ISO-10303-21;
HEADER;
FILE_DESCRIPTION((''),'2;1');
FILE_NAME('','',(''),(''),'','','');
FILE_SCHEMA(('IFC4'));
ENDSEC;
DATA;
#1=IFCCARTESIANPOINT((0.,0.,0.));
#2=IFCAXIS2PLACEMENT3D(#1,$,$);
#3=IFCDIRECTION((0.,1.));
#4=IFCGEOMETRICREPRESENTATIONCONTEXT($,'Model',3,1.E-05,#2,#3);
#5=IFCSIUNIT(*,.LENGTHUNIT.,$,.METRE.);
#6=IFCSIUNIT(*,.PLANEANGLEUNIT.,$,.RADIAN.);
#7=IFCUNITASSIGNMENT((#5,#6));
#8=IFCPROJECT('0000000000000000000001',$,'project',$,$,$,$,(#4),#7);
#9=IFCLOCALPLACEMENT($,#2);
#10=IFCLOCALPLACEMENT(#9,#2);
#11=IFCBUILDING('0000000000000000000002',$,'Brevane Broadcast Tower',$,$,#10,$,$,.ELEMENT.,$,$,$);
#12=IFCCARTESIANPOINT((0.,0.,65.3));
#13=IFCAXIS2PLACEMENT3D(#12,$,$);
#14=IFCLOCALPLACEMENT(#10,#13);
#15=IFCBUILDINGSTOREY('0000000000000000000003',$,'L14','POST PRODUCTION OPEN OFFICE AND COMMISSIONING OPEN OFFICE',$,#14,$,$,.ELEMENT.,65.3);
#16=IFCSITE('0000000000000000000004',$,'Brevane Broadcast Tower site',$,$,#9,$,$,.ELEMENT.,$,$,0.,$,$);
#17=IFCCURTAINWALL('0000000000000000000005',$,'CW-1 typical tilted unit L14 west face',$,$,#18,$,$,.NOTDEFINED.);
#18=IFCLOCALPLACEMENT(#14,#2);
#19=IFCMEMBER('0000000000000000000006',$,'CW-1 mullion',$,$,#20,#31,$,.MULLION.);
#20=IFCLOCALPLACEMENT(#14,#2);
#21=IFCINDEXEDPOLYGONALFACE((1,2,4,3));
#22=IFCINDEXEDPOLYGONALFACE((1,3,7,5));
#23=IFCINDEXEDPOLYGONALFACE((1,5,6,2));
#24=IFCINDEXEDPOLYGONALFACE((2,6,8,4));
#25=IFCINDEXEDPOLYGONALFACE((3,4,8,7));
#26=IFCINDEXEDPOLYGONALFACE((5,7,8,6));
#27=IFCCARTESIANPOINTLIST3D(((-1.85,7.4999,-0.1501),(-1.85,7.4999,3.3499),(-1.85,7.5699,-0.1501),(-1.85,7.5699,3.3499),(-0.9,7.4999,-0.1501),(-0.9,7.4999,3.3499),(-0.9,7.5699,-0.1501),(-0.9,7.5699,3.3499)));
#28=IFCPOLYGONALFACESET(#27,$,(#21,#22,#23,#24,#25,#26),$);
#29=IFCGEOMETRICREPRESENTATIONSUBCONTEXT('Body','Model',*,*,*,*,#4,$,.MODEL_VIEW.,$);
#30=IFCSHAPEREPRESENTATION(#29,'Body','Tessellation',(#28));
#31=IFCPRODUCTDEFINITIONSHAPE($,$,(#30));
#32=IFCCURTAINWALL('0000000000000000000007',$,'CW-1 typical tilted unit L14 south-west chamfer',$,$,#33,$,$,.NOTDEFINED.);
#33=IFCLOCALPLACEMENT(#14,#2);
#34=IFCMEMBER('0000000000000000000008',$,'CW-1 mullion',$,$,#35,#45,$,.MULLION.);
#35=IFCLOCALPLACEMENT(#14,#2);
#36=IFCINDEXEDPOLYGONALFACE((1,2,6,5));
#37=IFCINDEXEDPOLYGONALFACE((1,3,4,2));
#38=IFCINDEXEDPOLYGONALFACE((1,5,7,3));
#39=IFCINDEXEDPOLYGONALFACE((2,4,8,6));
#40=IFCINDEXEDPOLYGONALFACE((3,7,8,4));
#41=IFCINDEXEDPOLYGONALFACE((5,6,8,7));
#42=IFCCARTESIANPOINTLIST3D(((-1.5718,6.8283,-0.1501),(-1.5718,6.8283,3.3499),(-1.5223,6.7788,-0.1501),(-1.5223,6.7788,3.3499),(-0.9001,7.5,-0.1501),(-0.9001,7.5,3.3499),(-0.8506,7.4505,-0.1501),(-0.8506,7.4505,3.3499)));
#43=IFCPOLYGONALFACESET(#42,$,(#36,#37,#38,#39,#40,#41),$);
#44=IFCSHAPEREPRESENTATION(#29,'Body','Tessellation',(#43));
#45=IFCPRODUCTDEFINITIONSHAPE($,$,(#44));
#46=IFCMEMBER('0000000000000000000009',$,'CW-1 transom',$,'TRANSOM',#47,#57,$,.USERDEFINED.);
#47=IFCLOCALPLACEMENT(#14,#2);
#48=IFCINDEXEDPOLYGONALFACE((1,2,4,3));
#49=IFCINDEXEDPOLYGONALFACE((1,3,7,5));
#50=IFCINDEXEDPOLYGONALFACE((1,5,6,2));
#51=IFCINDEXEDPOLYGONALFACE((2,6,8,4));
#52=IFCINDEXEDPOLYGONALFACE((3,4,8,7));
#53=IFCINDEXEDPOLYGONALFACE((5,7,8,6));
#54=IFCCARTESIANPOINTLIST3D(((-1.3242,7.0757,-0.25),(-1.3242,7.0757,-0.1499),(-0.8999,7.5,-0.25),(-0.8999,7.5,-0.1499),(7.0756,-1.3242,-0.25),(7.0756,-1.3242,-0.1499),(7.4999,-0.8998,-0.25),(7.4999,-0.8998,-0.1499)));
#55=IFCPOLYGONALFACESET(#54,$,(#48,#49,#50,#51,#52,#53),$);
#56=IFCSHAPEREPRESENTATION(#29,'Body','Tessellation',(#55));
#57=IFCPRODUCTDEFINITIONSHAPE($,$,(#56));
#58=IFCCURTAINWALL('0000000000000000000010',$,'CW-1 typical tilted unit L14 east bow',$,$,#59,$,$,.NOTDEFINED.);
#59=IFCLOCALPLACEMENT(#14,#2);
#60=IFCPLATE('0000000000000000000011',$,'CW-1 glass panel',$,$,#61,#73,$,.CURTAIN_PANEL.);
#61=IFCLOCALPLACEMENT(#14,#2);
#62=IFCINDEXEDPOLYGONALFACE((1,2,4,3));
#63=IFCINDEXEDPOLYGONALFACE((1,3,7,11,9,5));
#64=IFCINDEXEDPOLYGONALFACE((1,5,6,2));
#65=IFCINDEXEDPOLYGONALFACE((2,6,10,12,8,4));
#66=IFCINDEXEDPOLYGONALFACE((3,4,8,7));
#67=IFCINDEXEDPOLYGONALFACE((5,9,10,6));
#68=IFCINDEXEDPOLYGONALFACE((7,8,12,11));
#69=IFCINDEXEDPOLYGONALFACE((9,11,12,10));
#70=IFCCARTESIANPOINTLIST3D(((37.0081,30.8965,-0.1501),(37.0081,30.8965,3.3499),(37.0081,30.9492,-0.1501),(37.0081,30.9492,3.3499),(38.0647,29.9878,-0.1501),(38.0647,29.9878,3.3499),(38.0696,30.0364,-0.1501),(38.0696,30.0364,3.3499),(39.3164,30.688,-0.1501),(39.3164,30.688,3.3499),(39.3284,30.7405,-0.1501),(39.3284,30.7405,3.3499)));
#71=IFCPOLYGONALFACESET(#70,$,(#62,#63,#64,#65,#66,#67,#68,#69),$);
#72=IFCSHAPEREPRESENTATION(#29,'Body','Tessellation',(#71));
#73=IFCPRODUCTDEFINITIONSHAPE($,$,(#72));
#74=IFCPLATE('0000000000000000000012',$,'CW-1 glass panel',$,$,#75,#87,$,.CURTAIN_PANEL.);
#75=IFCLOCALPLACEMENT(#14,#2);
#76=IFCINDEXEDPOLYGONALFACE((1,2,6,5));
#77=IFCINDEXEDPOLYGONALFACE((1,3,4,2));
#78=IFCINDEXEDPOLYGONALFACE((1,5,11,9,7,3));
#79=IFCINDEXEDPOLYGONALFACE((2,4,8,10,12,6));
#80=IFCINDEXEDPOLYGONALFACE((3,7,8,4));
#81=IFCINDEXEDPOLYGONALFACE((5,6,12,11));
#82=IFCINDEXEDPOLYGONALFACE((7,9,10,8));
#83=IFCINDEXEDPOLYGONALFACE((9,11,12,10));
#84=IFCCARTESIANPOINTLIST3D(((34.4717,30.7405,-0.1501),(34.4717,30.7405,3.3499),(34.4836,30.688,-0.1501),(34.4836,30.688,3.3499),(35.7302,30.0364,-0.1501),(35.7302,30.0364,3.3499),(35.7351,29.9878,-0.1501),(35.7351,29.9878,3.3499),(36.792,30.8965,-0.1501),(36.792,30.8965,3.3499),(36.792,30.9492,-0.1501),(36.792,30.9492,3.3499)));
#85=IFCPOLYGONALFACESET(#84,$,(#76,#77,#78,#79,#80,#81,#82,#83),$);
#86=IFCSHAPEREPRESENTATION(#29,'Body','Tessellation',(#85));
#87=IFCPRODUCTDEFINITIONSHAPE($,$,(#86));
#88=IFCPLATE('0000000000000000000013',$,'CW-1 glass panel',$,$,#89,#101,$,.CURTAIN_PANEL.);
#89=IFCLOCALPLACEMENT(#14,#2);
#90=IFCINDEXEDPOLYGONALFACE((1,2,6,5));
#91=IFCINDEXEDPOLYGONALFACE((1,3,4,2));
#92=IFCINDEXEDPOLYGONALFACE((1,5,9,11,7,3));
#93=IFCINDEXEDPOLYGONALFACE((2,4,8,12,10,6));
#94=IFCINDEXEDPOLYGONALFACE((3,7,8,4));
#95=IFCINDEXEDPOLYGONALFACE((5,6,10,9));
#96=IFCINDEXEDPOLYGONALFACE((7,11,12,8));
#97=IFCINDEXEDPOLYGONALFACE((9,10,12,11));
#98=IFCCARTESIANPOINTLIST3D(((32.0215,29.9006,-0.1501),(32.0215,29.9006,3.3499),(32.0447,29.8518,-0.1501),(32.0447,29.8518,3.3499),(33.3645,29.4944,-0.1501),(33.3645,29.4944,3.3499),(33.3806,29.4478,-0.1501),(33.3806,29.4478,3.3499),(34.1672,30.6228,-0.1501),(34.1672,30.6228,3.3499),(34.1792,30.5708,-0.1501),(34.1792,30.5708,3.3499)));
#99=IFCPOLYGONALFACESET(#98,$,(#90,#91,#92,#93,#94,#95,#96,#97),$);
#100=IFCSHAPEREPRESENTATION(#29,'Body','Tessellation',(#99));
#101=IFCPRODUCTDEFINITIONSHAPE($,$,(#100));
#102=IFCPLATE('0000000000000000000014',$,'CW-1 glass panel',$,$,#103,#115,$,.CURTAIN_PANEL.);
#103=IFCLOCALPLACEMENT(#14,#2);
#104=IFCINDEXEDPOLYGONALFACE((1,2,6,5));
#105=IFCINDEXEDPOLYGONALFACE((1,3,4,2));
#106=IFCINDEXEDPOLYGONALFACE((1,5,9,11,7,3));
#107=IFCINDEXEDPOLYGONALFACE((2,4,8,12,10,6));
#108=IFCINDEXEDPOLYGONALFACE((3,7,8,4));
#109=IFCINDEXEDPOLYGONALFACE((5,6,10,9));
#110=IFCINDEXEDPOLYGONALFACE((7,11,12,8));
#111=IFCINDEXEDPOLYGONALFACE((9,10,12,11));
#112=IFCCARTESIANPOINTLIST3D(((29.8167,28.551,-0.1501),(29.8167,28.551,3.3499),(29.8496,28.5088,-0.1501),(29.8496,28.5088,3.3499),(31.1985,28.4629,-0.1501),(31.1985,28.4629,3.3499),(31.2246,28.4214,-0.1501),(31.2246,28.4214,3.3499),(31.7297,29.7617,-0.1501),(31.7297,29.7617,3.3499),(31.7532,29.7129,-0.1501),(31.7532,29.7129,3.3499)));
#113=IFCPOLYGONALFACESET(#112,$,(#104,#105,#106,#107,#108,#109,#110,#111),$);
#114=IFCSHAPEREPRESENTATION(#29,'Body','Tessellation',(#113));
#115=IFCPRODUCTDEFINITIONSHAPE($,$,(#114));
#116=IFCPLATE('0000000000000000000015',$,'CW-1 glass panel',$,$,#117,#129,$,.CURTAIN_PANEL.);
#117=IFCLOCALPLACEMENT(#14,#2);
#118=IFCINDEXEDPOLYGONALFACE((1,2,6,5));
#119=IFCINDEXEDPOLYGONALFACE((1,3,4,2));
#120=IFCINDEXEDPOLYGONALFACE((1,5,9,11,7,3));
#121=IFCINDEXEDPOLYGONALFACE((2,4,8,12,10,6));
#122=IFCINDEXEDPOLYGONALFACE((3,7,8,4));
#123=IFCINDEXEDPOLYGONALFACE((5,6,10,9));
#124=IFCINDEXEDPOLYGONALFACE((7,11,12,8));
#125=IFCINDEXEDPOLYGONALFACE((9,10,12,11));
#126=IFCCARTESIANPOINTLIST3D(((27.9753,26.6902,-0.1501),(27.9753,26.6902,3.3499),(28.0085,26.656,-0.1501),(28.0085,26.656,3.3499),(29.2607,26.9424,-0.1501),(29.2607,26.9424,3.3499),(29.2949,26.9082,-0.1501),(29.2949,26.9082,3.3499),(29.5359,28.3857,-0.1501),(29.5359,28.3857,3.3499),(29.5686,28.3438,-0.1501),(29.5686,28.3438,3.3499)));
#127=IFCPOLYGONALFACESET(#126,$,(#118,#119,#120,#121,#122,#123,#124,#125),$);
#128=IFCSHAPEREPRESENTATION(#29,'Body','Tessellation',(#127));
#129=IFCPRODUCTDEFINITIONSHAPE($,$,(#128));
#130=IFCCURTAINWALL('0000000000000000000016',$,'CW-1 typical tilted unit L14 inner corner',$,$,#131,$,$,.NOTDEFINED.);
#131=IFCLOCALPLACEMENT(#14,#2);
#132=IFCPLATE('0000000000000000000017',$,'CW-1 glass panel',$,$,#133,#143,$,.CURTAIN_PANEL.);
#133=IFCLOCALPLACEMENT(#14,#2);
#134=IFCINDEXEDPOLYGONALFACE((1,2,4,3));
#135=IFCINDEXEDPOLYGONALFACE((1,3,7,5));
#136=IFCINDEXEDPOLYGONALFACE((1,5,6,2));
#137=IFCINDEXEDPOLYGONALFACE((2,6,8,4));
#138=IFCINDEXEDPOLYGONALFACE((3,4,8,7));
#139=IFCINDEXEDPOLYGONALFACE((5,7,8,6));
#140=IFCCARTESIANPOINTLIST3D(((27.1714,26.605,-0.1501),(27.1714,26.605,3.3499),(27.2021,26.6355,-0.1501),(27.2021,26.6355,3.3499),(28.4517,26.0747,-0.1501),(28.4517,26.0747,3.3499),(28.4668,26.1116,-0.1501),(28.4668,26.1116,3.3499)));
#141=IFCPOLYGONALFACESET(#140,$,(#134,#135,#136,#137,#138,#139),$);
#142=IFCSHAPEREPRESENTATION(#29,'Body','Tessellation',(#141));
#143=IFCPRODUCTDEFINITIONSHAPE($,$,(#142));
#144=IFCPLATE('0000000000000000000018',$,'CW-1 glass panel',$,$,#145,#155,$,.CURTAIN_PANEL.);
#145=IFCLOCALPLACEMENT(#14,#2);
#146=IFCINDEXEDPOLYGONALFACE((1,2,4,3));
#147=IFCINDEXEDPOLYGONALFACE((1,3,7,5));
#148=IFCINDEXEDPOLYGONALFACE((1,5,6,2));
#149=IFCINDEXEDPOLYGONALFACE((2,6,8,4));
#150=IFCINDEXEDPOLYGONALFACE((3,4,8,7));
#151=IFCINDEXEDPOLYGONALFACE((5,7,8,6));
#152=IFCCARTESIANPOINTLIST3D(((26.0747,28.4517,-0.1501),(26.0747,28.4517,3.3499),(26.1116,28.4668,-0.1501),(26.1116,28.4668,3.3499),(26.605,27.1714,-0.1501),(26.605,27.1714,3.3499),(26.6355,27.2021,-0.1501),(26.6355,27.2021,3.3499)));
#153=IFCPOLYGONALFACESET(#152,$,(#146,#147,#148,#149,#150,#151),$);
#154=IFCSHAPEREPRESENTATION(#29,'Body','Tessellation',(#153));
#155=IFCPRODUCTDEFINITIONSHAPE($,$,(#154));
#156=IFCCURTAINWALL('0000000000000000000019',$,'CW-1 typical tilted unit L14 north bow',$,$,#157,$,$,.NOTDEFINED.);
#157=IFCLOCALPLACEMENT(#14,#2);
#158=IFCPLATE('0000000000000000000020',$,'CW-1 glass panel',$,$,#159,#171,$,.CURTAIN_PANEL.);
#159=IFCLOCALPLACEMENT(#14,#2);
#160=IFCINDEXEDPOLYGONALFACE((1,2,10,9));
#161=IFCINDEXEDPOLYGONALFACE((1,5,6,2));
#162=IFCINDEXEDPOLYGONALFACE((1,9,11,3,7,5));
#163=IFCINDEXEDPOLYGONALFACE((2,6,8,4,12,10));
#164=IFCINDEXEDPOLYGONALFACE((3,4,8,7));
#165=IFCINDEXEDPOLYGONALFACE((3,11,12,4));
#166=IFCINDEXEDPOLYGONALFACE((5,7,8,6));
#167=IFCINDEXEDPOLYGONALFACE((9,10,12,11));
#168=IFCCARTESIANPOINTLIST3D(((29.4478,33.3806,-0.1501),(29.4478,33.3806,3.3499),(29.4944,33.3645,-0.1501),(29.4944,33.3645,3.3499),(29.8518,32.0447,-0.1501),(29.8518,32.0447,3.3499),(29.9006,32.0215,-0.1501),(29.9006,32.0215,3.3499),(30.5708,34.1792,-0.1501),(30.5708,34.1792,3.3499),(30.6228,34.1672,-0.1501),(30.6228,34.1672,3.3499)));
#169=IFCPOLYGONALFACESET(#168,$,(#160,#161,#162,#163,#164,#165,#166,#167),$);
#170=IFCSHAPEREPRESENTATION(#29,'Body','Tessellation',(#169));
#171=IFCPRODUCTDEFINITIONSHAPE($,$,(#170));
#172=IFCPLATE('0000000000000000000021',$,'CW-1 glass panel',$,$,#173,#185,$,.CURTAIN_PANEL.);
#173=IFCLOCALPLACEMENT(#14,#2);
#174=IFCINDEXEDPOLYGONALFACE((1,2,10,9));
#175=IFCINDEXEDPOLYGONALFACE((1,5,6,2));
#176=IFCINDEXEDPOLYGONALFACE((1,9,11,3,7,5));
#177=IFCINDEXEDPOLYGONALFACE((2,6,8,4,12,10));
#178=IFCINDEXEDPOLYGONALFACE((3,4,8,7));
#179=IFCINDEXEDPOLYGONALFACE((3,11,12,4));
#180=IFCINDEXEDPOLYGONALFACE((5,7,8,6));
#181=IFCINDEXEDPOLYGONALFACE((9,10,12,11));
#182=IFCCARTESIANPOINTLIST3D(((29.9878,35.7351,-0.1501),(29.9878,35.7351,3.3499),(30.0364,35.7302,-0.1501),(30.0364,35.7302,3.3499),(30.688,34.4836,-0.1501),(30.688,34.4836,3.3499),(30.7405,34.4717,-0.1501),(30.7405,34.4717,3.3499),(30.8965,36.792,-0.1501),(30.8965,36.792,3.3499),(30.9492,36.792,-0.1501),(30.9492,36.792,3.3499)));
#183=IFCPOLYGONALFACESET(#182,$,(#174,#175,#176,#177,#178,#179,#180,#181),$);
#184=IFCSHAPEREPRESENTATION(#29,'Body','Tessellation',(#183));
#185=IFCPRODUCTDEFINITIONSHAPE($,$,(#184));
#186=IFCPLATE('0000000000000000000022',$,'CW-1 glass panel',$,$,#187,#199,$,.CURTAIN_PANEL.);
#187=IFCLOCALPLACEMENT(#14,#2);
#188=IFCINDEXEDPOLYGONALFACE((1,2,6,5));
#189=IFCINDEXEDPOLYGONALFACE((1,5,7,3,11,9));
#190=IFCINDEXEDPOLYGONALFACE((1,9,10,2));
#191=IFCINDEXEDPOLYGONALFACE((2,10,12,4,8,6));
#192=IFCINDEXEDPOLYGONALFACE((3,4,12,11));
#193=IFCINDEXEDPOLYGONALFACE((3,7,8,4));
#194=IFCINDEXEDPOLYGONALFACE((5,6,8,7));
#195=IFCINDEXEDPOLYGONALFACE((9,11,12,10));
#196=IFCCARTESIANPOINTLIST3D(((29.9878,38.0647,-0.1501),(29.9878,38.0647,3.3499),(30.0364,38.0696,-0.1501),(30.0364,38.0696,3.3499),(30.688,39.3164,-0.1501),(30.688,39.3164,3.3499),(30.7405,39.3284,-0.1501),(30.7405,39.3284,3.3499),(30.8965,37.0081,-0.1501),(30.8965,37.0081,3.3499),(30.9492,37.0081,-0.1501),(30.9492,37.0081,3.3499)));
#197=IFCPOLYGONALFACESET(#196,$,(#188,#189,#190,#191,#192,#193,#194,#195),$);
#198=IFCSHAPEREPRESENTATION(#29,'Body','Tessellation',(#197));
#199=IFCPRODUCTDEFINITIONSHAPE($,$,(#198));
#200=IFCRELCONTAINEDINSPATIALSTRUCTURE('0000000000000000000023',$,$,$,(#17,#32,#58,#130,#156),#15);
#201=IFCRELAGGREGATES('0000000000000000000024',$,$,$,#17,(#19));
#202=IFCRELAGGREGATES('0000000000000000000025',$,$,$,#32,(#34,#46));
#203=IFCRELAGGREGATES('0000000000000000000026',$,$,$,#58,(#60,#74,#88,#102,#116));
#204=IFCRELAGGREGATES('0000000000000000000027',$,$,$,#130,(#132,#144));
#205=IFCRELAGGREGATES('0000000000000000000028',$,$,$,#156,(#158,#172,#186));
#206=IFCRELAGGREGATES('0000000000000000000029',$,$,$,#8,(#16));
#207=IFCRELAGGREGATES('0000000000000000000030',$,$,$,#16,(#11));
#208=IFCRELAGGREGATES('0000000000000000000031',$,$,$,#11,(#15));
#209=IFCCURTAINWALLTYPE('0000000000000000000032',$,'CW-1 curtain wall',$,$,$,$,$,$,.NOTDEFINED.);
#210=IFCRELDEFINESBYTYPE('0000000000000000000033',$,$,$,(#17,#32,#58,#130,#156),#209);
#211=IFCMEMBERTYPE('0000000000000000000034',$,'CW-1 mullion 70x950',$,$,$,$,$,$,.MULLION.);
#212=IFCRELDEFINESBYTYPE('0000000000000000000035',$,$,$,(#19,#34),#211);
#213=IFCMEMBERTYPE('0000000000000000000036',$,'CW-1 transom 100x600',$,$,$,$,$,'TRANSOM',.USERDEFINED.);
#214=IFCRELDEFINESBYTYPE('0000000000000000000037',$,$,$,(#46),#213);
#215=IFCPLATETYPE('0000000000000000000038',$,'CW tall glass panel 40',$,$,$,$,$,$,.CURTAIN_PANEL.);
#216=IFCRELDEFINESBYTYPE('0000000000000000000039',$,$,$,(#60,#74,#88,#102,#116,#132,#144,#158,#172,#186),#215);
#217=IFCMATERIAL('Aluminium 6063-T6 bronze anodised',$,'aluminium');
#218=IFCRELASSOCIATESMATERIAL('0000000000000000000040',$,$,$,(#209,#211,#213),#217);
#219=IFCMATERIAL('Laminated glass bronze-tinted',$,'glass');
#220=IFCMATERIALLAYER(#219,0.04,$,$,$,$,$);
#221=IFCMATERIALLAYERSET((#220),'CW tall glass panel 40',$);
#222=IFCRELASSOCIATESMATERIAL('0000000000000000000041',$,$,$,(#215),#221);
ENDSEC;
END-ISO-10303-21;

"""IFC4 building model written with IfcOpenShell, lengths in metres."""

from ifc_helpers import new_model, si_unit, direction, frame, origin, origin_2d, place, context, subcontext, project, spatial, polyline, rectangle, outline, extrude, material, layer, layer_set, material_profile, profile_set, type_object, element, aggregate, save


model = new_model("IFC4")

# Units and contexts
model_context = context("Model", 3, precision=1e-05, world=origin(), true_north=direction((0.0, 1.0)))
body_context = subcontext(model_context, "Body", "Model", "MODEL_VIEW")
ifc_project = project(units=[si_unit("LENGTHUNIT", "METRE"), si_unit("PLANEANGLEUNIT", "RADIAN")], contexts=[model_context])

# Site, building, storey
site_placement = place(None, origin())
site = spatial("IfcSite", under=ifc_project, at=site_placement, Name="Brevane Broadcast Tower site", CompositionType="ELEMENT", RefElevation=0.0)
building_placement = place(site_placement, origin())
building = spatial("IfcBuilding", under=site, at=building_placement, Name="Brevane Broadcast Tower", CompositionType="ELEMENT")
storey_placement = place(building_placement, frame((0.0, 0.0, 65.3)))
storey = spatial("IfcBuildingStorey", under=building, at=storey_placement, Name="L14", Description="POST PRODUCTION OPEN OFFICE AND COMMISSIONING OPEN OFFICE", CompositionType="ELEMENT", Elevation=65.3)

# Curtain wall, member
ifc_material_1 = material(Name="Aluminium 6063-T6 bronze anodised", Category="aluminium")
curtain_wall_type = type_object("IfcCurtainWallType", Name="CW-1 curtain wall", PredefinedType="NOTDEFINED", material=ifc_material_1)
curtain_wall_1_placement = place(storey_placement, origin())
curtain_wall_1 = element("IfcCurtainWall", 1, at=curtain_wall_1_placement, inside=storey, type_object=curtain_wall_type, Name="CW-1 typical tilted unit L14 west face", PredefinedType="NOTDEFINED")
ifc_material_profile_1 = material_profile(ifc_material_1, rectangle(XDim=0.95, YDim=0.0701, at=origin_2d()), Name="RECT 70x950")
ifc_profile_set_1 = profile_set([ifc_material_profile_1], Name="Aluminium 6063-T6 bronze anodised")
member_type_1 = type_object("IfcMemberType", Name="CW-1 mullion 70x950", PredefinedType="MULLION", material=ifc_profile_set_1)
member_1_placement = place(storey_placement, frame((-1.375, 7.5349, -0.1501), z_axis=(0.0, 0.0, 1.0), x_axis=(1.0, 0.0, 0.0)))
member_1 = element("IfcMember", 2, at=member_1_placement, type_object=member_type_1, Name="CW-1 mullion", PredefinedType="MULLION", context=body_context, shape_type="SweptSolid", body=[
    extrude(rectangle(XDim=0.95, YDim=0.0701, at=origin_2d()), origin(), (0.0, 0.0, 1.0), 3.5),
])
aggregate(curtain_wall_1, [member_1])

# Curtain wall, members
curtain_wall_2_placement = place(storey_placement, origin())
curtain_wall_2 = element("IfcCurtainWall", 3, at=curtain_wall_2_placement, inside=storey, type_object=curtain_wall_type, Name="CW-1 typical tilted unit L14 south-west chamfer", PredefinedType="NOTDEFINED")
member_2_placement = place(storey_placement, frame((-1.2112, 7.1394, -0.1501), z_axis=(0.0, 0.0, 1.0), x_axis=(0.707107, 0.707107, 0.0)))
member_2 = element("IfcMember", 4, at=member_2_placement, type_object=member_type_1, Name="CW-1 mullion", PredefinedType="MULLION", context=body_context, shape_type="SweptSolid", body=[
    extrude(rectangle(XDim=0.95, YDim=0.0701, at=origin_2d()), origin(), (0.0, 0.0, 1.0), 3.5),
])
ifc_material_profile_2 = material_profile(ifc_material_1, rectangle(XDim=0.6001, YDim=0.1001, at=origin_2d()), Name="RECT 100x600")
ifc_profile_set_2 = profile_set([ifc_material_profile_2], Name="Aluminium 6063-T6 bronze anodised")
member_type_2 = type_object("IfcMemberType", Name="CW-1 transom 100x600", ElementType="TRANSOM", PredefinedType="USERDEFINED", material=ifc_profile_set_2)
member_3_placement = place(storey_placement, frame((-1.1121, 7.2878, -0.2), z_axis=(0.707107, -0.707107, 0.0), x_axis=(0.707107, 0.707107, 0.0)))
member_3 = element("IfcMember", 5, at=member_3_placement, type_object=member_type_2, Name="CW-1 transom", ObjectType="TRANSOM", PredefinedType="USERDEFINED", context=body_context, shape_type="SweptSolid", body=[
    extrude(rectangle(XDim=0.6001, YDim=0.1001, at=origin_2d()), origin(), (0.0, 0.0, 1.0), 11.8792),
])
aggregate(curtain_wall_2, [member_2, member_3])

# Curtain walls, plates
curtain_wall_3_placement = place(storey_placement, origin())
curtain_wall_3 = element("IfcCurtainWall", 6, at=curtain_wall_3_placement, inside=storey, type_object=curtain_wall_type, Name="CW-1 typical tilted unit L14 east bow", PredefinedType="NOTDEFINED")
ifc_material_2 = material(Name="Laminated glass bronze-tinted", Category="glass")
ifc_layer_1 = layer(ifc_material_2, 0.04)
ifc_layer_set_1 = layer_set([ifc_layer_1], Name="CW tall glass panel 40")
plate_type = type_object("IfcPlateType", Name="CW tall glass panel 40", PredefinedType="CURTAIN_PANEL", material=ifc_layer_set_1)
plate_1_placement = place(storey_placement, frame((0.0, 0.0, -0.1501)))
plate_1 = element("IfcPlate", 7, at=plate_1_placement, type_object=plate_type, Name="CW-1 glass panel", PredefinedType="CURTAIN_PANEL", context=body_context, shape_type="SweptSolid", body=[
    extrude(outline(polyline([(39.3164, 30.688), (39.3284, 30.7405), (38.0696, 30.0364), (37.0081, 30.9492), (37.0081, 30.8965), (38.0647, 29.9878), (39.3164, 30.688)])), origin(), (0.0, 0.0, 1.0), 3.5),
])
plate_2_placement = place(storey_placement, frame((0.0, 0.0, -0.1501)))
plate_2 = element("IfcPlate", 8, at=plate_2_placement, type_object=plate_type, Name="CW-1 glass panel", PredefinedType="CURTAIN_PANEL", context=body_context, shape_type="SweptSolid", body=[
    extrude(outline(polyline([(36.792, 30.8965), (36.792, 30.9492), (35.7302, 30.0364), (34.4717, 30.7405), (34.4836, 30.688), (35.7351, 29.9878), (36.792, 30.8965)])), origin(), (0.0, 0.0, 1.0), 3.5),
])
plate_3_placement = place(storey_placement, frame((0.0, 0.0, -0.1501)))
plate_3 = element("IfcPlate", 9, at=plate_3_placement, type_object=plate_type, Name="CW-1 glass panel", PredefinedType="CURTAIN_PANEL", context=body_context, shape_type="SweptSolid", body=[
    extrude(outline(polyline([(34.1792, 30.5708), (34.1672, 30.6228), (33.3645, 29.4944), (32.0215, 29.9006), (32.0447, 29.8518), (33.3806, 29.4478), (34.1792, 30.5708)])), origin(), (0.0, 0.0, 1.0), 3.5),
])
plate_4_placement = place(storey_placement, frame((0.0, 0.0, -0.1501)))
plate_4 = element("IfcPlate", 10, at=plate_4_placement, type_object=plate_type, Name="CW-1 glass panel", PredefinedType="CURTAIN_PANEL", context=body_context, shape_type="SweptSolid", body=[
    extrude(outline(polyline([(31.7532, 29.7129), (31.7297, 29.7617), (31.1985, 28.4629), (29.8167, 28.551), (29.8496, 28.5088), (31.2246, 28.4214), (31.7532, 29.7129)])), origin(), (0.0, 0.0, 1.0), 3.5),
])
plate_5_placement = place(storey_placement, frame((0.0, 0.0, -0.1501)))
plate_5 = element("IfcPlate", 11, at=plate_5_placement, type_object=plate_type, Name="CW-1 glass panel", PredefinedType="CURTAIN_PANEL", context=body_context, shape_type="SweptSolid", body=[
    extrude(outline(polyline([(29.5686, 28.3438), (29.5359, 28.3857), (29.2607, 26.9424), (27.9753, 26.6902), (28.0085, 26.656), (29.2949, 26.9082), (29.5686, 28.3438)])), origin(), (0.0, 0.0, 1.0), 3.5),
])
aggregate(curtain_wall_3, [plate_1, plate_2, plate_3, plate_4, plate_5])
curtain_wall_4_placement = place(storey_placement, origin())
curtain_wall_4 = element("IfcCurtainWall", 12, at=curtain_wall_4_placement, inside=storey, type_object=curtain_wall_type, Name="CW-1 typical tilted unit L14 inner corner", PredefinedType="NOTDEFINED")
plate_6_placement = place(storey_placement, frame((0.0, 0.0, -0.1501)))
plate_6 = element("IfcPlate", 13, at=plate_6_placement, type_object=plate_type, Name="CW-1 glass panel", PredefinedType="CURTAIN_PANEL", context=body_context, shape_type="SweptSolid", body=[
    extrude(outline(polyline([(28.4517, 26.0747), (28.4668, 26.1116), (27.2021, 26.6355), (27.1714, 26.605), (28.4517, 26.0747)])), origin(), (0.0, 0.0, 1.0), 3.5),
])
plate_7_placement = place(storey_placement, frame((0.0, 0.0, -0.1501)))
plate_7 = element("IfcPlate", 14, at=plate_7_placement, type_object=plate_type, Name="CW-1 glass panel", PredefinedType="CURTAIN_PANEL", context=body_context, shape_type="SweptSolid", body=[
    extrude(outline(polyline([(26.605, 27.1714), (26.6355, 27.2021), (26.1116, 28.4668), (26.0747, 28.4517), (26.605, 27.1714)])), origin(), (0.0, 0.0, 1.0), 3.5),
])
aggregate(curtain_wall_4, [plate_6, plate_7])
curtain_wall_5_placement = place(storey_placement, origin())
curtain_wall_5 = element("IfcCurtainWall", 15, at=curtain_wall_5_placement, inside=storey, type_object=curtain_wall_type, Name="CW-1 typical tilted unit L14 north bow", PredefinedType="NOTDEFINED")
plate_8_placement = place(storey_placement, frame((0.0, 0.0, -0.1501)))
plate_8 = element("IfcPlate", 16, at=plate_8_placement, type_object=plate_type, Name="CW-1 glass panel", PredefinedType="CURTAIN_PANEL", context=body_context, shape_type="SweptSolid", body=[
    extrude(outline(polyline([(29.8518, 32.0447), (29.9006, 32.0215), (29.4944, 33.3645), (30.6228, 34.1672), (30.5708, 34.1792), (29.4478, 33.3806), (29.8518, 32.0447)])), origin(), (0.0, 0.0, 1.0), 3.5),
])
plate_9_placement = place(storey_placement, frame((0.0, 0.0, -0.1501)))
plate_9 = element("IfcPlate", 17, at=plate_9_placement, type_object=plate_type, Name="CW-1 glass panel", PredefinedType="CURTAIN_PANEL", context=body_context, shape_type="SweptSolid", body=[
    extrude(outline(polyline([(30.688, 34.4836), (30.7405, 34.4717), (30.0364, 35.7302), (30.9492, 36.792), (30.8965, 36.792), (29.9878, 35.7351), (30.688, 34.4836)])), origin(), (0.0, 0.0, 1.0), 3.5),
])
plate_10_placement = place(storey_placement, frame((0.0, 0.0, -0.1501)))
plate_10 = element("IfcPlate", 18, at=plate_10_placement, type_object=plate_type, Name="CW-1 glass panel", PredefinedType="CURTAIN_PANEL", context=body_context, shape_type="SweptSolid", body=[
    extrude(outline(polyline([(30.8965, 37.0081), (30.9492, 37.0081), (30.0364, 38.0696), (30.7405, 39.3284), (30.688, 39.3164), (29.9878, 38.0647), (30.8965, 37.0081)])), origin(), (0.0, 0.0, 1.0), 3.5),
])

aggregate(curtain_wall_5, [plate_8, plate_9, plate_10])

save(model, "model.ifc")
